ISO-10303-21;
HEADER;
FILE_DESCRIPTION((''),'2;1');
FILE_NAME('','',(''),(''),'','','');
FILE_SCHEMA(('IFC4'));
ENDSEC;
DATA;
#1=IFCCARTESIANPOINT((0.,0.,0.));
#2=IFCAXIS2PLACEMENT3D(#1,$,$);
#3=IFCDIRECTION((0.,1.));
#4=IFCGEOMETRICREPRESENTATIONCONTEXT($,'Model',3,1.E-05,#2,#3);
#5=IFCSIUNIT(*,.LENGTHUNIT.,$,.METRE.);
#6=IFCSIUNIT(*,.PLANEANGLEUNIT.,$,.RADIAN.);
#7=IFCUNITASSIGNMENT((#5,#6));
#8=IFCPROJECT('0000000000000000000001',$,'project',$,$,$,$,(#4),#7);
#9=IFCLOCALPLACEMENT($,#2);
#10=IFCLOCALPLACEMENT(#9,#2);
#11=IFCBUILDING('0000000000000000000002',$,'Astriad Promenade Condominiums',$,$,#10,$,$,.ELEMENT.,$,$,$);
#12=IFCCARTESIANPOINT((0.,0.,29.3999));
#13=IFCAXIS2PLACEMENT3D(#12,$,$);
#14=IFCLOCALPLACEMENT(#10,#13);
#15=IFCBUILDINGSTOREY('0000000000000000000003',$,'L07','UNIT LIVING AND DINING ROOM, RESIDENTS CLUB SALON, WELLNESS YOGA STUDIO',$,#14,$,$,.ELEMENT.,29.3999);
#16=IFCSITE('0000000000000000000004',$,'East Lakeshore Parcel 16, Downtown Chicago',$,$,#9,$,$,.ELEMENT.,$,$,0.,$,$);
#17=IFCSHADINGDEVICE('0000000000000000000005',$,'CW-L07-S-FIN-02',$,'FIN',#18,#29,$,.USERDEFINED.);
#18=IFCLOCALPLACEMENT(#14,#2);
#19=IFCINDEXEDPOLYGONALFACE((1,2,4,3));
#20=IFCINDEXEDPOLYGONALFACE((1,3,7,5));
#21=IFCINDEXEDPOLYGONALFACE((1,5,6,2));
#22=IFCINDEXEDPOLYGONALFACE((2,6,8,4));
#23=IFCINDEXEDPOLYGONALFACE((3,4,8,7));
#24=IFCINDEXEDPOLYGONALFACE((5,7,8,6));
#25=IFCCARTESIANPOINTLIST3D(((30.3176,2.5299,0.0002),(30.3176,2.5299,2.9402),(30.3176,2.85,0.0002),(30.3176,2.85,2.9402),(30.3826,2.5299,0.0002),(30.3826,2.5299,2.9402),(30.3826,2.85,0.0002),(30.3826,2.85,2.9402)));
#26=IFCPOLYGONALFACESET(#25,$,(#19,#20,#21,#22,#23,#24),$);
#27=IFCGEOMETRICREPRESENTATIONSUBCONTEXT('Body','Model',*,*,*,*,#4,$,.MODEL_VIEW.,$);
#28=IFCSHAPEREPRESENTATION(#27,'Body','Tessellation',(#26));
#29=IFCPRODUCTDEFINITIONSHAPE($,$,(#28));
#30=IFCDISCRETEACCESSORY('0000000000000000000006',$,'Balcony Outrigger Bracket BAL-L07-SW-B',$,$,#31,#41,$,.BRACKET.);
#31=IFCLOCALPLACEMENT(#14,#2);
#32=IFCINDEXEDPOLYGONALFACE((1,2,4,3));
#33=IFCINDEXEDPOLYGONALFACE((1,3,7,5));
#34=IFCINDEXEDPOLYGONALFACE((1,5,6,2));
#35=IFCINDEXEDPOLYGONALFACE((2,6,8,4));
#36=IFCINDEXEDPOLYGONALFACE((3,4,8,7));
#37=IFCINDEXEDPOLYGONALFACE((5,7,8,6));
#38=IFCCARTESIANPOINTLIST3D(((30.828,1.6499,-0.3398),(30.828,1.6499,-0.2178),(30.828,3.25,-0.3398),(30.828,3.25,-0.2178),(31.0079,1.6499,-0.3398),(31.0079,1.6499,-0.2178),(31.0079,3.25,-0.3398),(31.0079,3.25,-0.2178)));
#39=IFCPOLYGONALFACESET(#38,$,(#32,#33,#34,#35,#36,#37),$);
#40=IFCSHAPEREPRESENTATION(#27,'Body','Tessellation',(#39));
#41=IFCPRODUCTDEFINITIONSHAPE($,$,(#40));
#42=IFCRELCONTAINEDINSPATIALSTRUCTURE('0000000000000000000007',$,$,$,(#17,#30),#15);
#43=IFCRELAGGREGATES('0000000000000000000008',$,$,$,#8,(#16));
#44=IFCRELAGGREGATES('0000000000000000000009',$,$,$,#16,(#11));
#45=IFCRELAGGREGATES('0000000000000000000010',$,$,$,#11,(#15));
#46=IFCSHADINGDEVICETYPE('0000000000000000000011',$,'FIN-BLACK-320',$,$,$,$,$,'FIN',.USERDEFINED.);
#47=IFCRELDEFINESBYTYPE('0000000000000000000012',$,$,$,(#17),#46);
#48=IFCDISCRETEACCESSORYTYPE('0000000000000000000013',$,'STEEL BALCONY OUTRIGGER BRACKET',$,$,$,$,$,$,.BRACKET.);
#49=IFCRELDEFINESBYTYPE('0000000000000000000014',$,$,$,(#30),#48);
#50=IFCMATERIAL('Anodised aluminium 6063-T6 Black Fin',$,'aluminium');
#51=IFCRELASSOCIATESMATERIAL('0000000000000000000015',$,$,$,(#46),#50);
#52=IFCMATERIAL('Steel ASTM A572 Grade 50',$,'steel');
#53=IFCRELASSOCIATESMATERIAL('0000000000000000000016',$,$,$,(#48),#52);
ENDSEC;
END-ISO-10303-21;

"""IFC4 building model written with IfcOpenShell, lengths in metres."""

from ifc_helpers import new_model, si_unit, direction, frame, origin, origin_2d, place, context, subcontext, project, spatial, rectangle, extrude, source, transform, mapped, material, type_object, type_shapes, element, save


model = new_model("IFC4")

# Units and contexts
model_context = context("Model", 3, precision=1e-05, world=origin(), true_north=direction((0.0, 1.0)))
body_context = subcontext(model_context, "Body", "Model", "MODEL_VIEW")
ifc_project = project(units=[si_unit("LENGTHUNIT", "METRE"), si_unit("PLANEANGLEUNIT", "RADIAN")], contexts=[model_context])

# Site, building, storey
site_placement = place(None, origin())
site = spatial("IfcSite", under=ifc_project, at=site_placement, Name="East Lakeshore Parcel 16, Downtown Chicago", CompositionType="ELEMENT", RefElevation=0.0)
building_placement = place(site_placement, origin())
building = spatial("IfcBuilding", under=site, at=building_placement, Name="Astriad Promenade Condominiums", CompositionType="ELEMENT")
storey_placement = place(building_placement, frame((0.0, 0.0, 29.3999)))
storey = spatial("IfcBuildingStorey", under=building, at=storey_placement, Name="L07", Description="UNIT LIVING AND DINING ROOM, RESIDENTS CLUB SALON, WELLNESS YOGA STUDIO", CompositionType="ELEMENT", Elevation=29.3999)

# Shading device
ifc_material_1 = material(Name="Anodised aluminium 6063-T6 Black Fin", Category="aluminium")
shading_device_type = type_object("IfcShadingDeviceType", Name="FIN-BLACK-320", ElementType="FIN", PredefinedType="USERDEFINED", material=ifc_material_1)
shared_shape_1 = source(origin(), body_context, "Body", "SweptSolid", [
    extrude(rectangle(XDim=0.0649, YDim=0.3201, at=origin_2d()), origin(), (0.0, 0.0, 1.0), 2.9399),
])
type_shapes(shading_device_type, [shared_shape_1])
shading_device_placement = place(storey_placement, frame((30.3501, 2.6899, 0.0002), z_axis=(0.0, 0.0, 1.0), x_axis=(-1.0, 0.0, 0.0)))
element("IfcShadingDevice", 1, at=shading_device_placement, inside=storey, type_object=shading_device_type, Name="CW-L07-S-FIN-02", ObjectType="FIN", PredefinedType="USERDEFINED", context=body_context, shape_type="MappedRepresentation", body=[
    mapped(shared_shape_1, transform((0.0, 0.0, 0.0), scale=1.0)),
])

# Discrete accessory
ifc_material_2 = material(Name="Steel ASTM A572 Grade 50", Category="steel")
discrete_accessory_type = type_object("IfcDiscreteAccessoryType", Name="STEEL BALCONY OUTRIGGER BRACKET", PredefinedType="BRACKET", material=ifc_material_2)
shared_shape_2 = source(origin(), body_context, "Body", "SweptSolid", [
    extrude(rectangle(XDim=1.6001, YDim=0.1799, at=origin_2d()), origin(), (0.0, 0.0, 1.0), 0.1221),
])
type_shapes(discrete_accessory_type, [shared_shape_2])
discrete_accessory_placement = place(storey_placement, frame((30.918, 2.45, -0.3398), z_axis=(0.0, 0.0, 1.0), x_axis=(0.0, -1.0, 0.0)))
element("IfcDiscreteAccessory", 2, at=discrete_accessory_placement, inside=storey, type_object=discrete_accessory_type, Name="Balcony Outrigger Bracket BAL-L07-SW-B", PredefinedType="BRACKET", context=body_context, shape_type="MappedRepresentation", body=[
    mapped(shared_shape_2, transform((0.0, 0.0, 0.0), scale=1.0)),
])

save(model, "model.ifc")
